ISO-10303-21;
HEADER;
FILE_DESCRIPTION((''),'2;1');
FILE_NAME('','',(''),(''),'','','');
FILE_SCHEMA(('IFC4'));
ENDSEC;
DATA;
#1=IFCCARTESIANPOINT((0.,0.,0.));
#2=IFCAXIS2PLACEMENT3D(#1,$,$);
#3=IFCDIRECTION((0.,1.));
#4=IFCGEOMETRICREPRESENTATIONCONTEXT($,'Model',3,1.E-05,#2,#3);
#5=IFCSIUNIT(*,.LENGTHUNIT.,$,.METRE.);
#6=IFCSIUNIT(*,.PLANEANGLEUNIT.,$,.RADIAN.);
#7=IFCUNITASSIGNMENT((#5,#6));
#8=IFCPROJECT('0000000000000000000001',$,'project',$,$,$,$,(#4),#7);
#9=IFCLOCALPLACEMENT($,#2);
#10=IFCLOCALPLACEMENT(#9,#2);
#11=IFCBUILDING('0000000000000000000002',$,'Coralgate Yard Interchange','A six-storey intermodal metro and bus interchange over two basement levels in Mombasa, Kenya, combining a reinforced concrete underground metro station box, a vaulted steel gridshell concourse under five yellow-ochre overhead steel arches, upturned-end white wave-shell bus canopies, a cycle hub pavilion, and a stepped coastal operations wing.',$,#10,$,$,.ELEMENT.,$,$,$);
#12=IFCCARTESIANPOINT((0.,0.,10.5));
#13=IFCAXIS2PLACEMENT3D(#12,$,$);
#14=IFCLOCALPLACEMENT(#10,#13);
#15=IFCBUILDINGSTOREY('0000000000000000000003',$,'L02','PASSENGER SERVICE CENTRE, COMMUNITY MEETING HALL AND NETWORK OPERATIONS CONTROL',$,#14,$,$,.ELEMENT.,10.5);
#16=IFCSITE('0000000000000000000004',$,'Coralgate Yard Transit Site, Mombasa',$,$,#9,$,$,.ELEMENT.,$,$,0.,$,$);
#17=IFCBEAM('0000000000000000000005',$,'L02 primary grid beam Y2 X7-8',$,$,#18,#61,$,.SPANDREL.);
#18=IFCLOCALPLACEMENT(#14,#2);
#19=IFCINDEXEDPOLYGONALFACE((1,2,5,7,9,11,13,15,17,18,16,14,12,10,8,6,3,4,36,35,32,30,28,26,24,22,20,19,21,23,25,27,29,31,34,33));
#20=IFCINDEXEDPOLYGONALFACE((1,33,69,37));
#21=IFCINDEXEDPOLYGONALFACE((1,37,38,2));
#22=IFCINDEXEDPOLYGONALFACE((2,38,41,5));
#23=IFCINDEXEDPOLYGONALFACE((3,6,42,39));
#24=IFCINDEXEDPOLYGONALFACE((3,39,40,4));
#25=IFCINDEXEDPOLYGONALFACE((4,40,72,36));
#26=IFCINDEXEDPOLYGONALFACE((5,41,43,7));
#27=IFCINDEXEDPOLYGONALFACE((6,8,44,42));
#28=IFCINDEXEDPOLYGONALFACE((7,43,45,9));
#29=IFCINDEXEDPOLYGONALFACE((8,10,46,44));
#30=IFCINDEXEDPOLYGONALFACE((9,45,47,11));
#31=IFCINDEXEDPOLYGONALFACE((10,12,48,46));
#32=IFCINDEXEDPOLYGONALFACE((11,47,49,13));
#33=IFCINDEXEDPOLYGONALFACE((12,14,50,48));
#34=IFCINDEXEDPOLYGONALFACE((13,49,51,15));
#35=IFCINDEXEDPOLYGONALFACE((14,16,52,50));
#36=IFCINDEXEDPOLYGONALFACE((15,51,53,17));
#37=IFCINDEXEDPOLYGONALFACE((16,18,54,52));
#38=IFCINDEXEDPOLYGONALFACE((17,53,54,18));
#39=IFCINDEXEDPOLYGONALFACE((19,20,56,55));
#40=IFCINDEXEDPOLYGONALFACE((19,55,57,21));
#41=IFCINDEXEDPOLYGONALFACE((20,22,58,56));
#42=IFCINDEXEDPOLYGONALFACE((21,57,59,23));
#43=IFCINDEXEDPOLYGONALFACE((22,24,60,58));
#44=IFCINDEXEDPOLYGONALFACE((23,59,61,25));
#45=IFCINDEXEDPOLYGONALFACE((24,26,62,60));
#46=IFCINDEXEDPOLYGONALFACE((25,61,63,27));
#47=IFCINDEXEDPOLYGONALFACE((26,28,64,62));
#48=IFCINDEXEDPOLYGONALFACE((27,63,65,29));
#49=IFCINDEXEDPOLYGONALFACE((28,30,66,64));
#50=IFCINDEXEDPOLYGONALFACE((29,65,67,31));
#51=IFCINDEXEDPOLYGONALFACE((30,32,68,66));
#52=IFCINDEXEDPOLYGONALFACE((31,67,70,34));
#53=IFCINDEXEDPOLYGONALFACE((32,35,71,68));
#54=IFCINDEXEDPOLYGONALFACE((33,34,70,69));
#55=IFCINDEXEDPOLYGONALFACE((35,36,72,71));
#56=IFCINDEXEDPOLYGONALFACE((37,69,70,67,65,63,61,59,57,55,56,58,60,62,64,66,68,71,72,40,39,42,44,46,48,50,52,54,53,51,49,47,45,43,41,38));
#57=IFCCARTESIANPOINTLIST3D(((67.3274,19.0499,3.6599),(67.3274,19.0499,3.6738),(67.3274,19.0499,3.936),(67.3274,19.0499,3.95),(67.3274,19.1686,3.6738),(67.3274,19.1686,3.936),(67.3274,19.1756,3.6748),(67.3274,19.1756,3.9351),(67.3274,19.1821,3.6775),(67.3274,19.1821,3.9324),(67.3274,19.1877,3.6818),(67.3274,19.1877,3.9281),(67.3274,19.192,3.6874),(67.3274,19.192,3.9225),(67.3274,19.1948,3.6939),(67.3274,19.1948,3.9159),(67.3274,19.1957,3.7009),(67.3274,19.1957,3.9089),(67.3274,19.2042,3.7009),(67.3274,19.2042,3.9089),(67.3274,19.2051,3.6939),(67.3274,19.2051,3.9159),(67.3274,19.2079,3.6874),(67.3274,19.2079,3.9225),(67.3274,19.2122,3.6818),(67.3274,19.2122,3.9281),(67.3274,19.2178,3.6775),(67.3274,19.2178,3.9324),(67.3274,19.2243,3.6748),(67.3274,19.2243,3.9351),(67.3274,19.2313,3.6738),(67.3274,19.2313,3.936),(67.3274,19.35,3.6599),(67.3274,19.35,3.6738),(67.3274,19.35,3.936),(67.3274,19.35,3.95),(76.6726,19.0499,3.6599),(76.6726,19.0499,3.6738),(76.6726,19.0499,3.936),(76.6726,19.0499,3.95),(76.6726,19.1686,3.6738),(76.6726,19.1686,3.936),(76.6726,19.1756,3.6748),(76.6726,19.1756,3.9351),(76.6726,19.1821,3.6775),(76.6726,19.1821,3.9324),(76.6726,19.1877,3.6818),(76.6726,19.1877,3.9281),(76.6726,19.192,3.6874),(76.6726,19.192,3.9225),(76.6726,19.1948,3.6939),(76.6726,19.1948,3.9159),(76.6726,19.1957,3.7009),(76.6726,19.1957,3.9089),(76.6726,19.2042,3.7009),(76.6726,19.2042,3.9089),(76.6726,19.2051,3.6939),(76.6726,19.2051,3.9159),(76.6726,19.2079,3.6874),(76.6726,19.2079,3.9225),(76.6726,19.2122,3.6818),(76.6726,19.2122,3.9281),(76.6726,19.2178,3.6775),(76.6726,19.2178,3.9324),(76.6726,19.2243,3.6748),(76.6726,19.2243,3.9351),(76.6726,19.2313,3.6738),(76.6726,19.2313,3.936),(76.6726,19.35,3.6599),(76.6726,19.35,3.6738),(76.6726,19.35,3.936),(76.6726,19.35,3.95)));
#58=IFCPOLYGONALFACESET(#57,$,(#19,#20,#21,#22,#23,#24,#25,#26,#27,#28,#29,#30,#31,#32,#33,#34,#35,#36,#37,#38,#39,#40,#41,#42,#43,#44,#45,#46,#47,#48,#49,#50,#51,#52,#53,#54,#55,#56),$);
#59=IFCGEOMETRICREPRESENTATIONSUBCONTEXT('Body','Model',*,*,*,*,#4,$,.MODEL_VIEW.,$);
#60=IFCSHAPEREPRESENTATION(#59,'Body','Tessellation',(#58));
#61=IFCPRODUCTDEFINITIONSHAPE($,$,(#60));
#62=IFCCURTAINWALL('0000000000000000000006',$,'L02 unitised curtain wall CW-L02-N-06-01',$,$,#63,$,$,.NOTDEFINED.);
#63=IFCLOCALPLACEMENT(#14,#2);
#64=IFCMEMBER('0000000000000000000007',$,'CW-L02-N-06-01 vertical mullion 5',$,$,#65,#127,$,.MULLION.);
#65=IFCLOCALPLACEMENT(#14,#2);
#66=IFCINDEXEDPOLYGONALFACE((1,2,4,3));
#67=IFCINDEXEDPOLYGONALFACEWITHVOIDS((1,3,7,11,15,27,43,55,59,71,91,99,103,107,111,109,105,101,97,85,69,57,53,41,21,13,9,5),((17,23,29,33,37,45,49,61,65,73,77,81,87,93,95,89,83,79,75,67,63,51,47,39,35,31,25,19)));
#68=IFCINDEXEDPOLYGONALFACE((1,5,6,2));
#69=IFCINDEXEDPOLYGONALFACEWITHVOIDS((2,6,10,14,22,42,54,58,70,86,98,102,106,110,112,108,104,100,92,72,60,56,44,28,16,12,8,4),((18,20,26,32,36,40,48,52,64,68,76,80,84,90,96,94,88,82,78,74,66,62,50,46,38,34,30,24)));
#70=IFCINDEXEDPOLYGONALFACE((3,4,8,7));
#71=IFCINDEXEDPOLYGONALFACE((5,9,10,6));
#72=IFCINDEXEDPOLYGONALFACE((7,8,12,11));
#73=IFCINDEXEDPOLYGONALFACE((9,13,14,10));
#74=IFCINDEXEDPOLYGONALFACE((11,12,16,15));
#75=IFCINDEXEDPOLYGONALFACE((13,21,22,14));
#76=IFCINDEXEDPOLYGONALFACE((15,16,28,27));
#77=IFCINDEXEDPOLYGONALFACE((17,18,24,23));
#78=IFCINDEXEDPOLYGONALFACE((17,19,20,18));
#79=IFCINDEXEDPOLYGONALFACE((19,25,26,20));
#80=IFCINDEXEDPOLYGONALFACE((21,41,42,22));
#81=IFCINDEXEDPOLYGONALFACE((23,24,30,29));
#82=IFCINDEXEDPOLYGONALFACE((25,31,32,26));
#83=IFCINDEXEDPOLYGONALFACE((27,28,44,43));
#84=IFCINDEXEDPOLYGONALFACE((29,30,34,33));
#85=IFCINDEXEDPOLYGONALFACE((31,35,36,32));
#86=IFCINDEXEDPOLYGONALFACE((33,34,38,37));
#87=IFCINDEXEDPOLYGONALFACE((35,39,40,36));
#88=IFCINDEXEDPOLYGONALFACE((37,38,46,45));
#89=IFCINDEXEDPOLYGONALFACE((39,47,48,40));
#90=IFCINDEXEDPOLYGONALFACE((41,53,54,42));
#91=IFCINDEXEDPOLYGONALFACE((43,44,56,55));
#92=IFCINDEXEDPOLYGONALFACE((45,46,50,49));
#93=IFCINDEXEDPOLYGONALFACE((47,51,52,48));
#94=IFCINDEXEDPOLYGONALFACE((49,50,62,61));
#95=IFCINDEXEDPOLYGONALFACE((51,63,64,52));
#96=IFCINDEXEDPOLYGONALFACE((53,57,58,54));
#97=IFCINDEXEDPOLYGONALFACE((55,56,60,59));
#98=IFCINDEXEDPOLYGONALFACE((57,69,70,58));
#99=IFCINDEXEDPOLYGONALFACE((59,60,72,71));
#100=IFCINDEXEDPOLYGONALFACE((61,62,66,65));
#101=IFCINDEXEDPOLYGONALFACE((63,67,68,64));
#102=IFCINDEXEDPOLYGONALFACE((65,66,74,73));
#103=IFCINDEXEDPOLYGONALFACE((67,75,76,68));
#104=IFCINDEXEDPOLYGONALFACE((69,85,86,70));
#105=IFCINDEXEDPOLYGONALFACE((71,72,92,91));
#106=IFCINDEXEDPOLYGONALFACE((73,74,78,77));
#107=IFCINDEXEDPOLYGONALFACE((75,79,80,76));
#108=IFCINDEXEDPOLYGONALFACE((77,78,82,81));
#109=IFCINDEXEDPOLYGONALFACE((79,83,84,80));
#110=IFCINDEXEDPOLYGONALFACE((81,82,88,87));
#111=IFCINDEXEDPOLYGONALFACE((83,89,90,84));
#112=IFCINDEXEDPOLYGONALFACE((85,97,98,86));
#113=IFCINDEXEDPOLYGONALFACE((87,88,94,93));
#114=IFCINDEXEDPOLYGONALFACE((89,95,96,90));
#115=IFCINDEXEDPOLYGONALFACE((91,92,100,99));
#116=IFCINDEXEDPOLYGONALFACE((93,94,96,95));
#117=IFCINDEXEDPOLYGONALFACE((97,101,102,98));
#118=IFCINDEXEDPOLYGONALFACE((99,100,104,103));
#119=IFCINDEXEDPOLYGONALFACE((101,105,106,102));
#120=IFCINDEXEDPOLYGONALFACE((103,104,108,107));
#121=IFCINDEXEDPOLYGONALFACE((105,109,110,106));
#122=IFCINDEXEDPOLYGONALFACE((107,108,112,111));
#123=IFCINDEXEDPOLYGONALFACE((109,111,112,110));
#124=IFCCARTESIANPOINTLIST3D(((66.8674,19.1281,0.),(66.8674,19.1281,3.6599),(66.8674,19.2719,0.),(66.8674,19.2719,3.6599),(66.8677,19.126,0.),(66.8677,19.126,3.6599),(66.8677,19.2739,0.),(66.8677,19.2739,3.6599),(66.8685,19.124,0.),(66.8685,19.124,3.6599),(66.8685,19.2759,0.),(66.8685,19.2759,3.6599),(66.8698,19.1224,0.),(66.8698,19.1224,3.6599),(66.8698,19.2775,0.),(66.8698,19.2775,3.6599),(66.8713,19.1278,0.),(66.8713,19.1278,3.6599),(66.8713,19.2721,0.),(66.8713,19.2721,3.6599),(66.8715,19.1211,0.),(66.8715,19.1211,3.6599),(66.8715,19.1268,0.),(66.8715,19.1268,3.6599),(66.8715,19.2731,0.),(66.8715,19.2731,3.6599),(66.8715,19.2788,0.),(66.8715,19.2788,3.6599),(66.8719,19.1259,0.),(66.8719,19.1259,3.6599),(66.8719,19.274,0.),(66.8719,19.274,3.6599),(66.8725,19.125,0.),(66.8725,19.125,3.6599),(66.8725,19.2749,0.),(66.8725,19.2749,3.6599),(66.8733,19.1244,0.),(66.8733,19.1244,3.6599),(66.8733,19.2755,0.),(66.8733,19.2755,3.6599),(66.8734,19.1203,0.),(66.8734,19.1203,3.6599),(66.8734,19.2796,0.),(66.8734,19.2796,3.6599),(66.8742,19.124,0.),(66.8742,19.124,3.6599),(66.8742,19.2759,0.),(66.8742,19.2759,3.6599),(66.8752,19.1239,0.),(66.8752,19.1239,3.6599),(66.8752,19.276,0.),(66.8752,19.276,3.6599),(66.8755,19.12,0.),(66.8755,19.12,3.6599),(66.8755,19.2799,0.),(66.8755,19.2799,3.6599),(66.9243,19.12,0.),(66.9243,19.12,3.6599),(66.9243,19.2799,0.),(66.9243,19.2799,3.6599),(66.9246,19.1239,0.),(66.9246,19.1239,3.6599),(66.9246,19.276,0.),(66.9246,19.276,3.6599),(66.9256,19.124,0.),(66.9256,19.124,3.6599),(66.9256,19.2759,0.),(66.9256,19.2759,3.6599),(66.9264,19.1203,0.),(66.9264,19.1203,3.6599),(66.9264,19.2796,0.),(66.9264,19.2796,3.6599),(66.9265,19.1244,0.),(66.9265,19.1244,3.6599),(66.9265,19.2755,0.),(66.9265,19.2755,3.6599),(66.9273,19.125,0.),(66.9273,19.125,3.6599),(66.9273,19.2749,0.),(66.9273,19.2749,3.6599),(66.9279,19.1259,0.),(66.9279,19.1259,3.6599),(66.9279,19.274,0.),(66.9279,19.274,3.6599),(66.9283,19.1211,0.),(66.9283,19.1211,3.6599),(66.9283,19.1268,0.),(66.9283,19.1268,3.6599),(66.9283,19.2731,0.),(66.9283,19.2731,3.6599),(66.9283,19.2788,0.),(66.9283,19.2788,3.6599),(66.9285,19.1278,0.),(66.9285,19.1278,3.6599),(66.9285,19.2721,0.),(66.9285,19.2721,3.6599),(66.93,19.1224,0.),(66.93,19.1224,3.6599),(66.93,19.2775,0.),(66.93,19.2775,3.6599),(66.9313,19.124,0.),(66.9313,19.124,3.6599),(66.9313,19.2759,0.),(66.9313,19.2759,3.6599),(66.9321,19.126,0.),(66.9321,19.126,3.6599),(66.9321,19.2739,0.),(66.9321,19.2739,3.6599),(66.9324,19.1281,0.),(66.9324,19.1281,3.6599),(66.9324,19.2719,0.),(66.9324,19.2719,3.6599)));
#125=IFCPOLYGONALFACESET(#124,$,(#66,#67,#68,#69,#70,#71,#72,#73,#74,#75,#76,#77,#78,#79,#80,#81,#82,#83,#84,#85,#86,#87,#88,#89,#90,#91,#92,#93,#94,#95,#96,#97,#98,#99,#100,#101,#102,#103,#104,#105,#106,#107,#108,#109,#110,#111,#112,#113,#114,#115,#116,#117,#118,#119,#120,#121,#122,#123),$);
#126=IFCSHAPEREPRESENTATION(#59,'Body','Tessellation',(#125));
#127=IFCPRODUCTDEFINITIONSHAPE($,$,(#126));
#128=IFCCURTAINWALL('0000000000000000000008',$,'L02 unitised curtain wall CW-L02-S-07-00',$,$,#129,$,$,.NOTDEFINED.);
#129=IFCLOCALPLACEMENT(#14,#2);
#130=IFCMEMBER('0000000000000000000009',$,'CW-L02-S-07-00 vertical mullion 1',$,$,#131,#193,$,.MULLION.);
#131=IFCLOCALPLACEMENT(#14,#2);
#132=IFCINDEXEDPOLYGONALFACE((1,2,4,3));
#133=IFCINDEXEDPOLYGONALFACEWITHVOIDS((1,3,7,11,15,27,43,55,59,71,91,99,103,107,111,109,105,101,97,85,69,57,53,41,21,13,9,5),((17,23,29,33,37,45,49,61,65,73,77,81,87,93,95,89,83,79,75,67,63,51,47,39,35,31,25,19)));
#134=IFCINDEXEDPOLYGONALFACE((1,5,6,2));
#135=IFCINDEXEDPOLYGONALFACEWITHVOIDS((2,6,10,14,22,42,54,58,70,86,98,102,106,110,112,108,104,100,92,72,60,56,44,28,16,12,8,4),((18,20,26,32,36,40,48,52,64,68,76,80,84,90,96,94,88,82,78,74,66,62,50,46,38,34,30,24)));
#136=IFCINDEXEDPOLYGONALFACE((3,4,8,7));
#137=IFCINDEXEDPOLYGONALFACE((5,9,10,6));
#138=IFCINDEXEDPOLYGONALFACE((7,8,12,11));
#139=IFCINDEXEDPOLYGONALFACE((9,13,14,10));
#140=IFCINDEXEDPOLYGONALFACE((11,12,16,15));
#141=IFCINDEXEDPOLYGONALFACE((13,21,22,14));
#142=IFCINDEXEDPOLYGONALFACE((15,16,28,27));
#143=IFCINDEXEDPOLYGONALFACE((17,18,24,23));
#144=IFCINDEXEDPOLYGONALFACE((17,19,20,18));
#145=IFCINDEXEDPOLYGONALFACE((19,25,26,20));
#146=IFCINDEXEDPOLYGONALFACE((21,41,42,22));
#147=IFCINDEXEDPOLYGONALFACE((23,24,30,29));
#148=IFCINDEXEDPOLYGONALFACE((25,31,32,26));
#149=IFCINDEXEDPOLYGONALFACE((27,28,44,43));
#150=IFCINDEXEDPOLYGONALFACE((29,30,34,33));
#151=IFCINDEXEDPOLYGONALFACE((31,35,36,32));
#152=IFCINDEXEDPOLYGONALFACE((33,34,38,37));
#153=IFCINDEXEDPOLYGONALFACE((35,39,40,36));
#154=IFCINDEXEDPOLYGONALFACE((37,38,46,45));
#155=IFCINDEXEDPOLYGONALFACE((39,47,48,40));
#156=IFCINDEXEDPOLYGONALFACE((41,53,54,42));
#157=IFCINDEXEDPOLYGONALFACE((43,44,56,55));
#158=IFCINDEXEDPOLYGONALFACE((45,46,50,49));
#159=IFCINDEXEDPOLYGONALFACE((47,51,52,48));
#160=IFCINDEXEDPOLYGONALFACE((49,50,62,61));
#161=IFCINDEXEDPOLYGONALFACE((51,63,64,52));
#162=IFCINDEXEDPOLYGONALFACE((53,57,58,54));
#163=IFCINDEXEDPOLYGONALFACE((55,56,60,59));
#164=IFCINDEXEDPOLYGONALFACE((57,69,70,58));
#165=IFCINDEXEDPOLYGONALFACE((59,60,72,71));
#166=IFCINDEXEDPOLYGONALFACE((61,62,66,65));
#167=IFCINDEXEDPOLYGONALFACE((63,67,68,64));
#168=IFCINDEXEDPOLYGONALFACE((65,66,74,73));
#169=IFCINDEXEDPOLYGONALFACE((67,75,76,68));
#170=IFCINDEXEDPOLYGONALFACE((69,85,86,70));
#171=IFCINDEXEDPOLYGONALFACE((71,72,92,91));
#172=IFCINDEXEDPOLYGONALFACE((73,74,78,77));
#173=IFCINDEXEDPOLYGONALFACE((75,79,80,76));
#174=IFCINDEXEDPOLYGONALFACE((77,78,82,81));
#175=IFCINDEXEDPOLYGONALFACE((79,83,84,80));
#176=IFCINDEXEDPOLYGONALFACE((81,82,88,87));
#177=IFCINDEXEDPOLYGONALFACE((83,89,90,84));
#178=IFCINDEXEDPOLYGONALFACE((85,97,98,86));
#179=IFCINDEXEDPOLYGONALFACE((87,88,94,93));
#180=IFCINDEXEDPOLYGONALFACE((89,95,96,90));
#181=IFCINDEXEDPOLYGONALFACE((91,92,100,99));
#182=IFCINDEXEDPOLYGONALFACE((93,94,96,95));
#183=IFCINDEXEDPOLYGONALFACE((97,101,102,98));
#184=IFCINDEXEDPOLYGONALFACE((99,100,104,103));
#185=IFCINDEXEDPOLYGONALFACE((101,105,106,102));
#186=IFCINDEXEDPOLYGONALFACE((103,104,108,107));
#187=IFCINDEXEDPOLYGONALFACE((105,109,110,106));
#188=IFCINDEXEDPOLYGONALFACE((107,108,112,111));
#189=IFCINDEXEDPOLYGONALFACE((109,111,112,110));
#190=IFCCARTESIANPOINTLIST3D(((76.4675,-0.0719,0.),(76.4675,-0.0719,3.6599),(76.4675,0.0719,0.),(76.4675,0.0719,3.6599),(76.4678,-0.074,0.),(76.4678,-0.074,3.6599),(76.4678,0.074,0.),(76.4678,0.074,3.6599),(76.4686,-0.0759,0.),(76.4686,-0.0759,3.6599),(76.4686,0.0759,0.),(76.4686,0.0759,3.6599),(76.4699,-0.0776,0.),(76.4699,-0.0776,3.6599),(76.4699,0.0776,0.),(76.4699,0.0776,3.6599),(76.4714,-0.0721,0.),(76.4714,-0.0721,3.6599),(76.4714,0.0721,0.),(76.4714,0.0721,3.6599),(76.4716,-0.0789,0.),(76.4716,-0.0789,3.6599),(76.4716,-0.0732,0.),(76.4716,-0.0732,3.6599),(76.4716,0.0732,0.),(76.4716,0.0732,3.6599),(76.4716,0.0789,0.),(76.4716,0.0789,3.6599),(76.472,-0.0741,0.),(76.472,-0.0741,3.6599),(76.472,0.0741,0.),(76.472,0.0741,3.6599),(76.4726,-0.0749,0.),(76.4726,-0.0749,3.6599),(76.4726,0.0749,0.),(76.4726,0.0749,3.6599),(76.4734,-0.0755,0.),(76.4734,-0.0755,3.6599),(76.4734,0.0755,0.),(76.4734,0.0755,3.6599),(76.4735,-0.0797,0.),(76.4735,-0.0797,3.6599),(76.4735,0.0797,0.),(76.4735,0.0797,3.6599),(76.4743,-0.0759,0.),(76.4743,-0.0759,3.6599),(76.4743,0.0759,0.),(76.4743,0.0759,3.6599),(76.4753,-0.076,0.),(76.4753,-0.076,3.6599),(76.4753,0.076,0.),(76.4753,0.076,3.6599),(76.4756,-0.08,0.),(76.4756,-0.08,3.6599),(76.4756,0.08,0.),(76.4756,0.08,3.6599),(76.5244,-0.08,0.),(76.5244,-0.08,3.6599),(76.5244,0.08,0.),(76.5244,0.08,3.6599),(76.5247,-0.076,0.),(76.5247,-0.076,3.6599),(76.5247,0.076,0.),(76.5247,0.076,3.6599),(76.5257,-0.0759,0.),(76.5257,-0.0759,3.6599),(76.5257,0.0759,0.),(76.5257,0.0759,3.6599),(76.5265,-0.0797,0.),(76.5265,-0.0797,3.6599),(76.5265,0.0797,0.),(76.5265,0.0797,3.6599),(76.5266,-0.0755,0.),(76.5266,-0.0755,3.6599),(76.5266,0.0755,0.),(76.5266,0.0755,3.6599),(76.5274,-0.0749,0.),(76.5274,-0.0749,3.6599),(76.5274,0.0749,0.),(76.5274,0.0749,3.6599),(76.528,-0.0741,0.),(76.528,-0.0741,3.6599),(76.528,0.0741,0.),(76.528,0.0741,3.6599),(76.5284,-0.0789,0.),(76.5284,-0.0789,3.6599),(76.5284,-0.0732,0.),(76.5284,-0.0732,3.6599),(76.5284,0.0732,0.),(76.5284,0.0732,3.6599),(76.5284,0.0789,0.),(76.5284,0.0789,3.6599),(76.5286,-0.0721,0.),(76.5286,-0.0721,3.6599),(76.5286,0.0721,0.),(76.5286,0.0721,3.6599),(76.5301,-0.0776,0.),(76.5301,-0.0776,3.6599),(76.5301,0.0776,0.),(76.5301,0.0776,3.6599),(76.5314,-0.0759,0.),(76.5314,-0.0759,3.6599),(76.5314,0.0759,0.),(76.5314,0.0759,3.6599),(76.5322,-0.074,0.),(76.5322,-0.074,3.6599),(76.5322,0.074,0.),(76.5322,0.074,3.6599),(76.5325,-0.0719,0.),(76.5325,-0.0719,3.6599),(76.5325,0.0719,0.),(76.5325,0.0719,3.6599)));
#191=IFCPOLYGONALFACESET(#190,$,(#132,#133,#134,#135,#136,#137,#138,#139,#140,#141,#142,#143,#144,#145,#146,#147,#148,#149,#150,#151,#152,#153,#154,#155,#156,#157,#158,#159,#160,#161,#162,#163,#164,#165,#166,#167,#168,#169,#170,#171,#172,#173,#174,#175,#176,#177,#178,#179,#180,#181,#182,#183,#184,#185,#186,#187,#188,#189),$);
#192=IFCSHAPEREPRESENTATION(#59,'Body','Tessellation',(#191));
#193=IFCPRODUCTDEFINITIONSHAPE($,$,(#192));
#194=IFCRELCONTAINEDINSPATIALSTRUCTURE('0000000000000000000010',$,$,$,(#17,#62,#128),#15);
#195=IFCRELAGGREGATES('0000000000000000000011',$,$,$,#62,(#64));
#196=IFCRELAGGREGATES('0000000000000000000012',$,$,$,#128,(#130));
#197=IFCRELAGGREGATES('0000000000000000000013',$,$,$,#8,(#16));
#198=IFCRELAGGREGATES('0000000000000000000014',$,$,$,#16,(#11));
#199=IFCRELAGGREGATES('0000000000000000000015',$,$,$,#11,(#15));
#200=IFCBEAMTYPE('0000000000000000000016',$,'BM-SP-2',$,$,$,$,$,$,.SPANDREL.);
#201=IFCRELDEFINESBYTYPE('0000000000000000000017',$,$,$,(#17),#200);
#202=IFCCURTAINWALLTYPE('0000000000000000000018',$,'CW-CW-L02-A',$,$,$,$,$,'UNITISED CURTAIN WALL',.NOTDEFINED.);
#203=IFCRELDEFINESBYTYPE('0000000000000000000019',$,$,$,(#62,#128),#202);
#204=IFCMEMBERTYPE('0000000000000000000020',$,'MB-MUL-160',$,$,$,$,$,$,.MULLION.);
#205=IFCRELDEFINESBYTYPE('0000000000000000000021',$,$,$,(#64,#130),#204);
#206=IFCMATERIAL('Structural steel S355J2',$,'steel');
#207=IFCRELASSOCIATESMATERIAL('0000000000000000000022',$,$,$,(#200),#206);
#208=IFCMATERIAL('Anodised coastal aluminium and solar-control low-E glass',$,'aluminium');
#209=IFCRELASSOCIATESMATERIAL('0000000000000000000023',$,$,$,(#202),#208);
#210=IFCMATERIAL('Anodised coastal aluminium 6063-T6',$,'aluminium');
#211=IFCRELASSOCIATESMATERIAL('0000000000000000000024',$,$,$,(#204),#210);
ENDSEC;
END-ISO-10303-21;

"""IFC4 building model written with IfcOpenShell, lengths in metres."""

from ifc_helpers import new_model, si_unit, direction, frame, origin, origin_2d, place, context, subcontext, project, spatial, hollow_rectangle, i_section, extrude, material, material_profile, profile_set, type_object, element, aggregate, save


model = new_model("IFC4")

# Units and contexts
model_context = context("Model", 3, precision=1e-05, world=origin(), true_north=direction((0.0, 1.0)))
body_context = subcontext(model_context, "Body", "Model", "MODEL_VIEW")
ifc_project = project(units=[si_unit("LENGTHUNIT", "METRE"), si_unit("PLANEANGLEUNIT", "RADIAN")], contexts=[model_context])

# Site, building, storey
site_placement = place(None, origin())
site = spatial("IfcSite", under=ifc_project, at=site_placement, Name="Coralgate Yard Transit Site, Mombasa", CompositionType="ELEMENT", RefElevation=0.0)
building_placement = place(site_placement, origin())
building = spatial("IfcBuilding", under=site, at=building_placement, Name="Coralgate Yard Interchange", Description="A six-storey intermodal metro and bus interchange over two basement levels in Mombasa, Kenya, combining a reinforced concrete underground metro station box, a vaulted steel gridshell concourse under five yellow-ochre overhead steel arches, upturned-end white wave-shell bus canopies, a cycle hub pavilion, and a stepped coastal operations wing.", CompositionType="ELEMENT")
storey_placement = place(building_placement, frame((0.0, 0.0, 10.5)))
storey = spatial("IfcBuildingStorey", under=building, at=storey_placement, Name="L02", Description="PASSENGER SERVICE CENTRE, COMMUNITY MEETING HALL AND NETWORK OPERATIONS CONTROL", CompositionType="ELEMENT", Elevation=10.5)

# Shared definitions
ifc_material_1 = material(Name="Structural steel S355J2", Category="steel")

# Beam
ifc_material_profile_1 = material_profile(ifc_material_1, i_section(OverallWidth=0.3, OverallDepth=0.29, WebThickness=0.0085, FlangeThickness=0.0139, FilletRadius=0.0271, at=origin_2d()), Name="HEA 300")
ifc_profile_set_1 = profile_set([ifc_material_profile_1], Name="Structural steel S355J2")
beam_type_1 = type_object("IfcBeamType", Name="BM-SP-2", PredefinedType="SPANDREL", material=ifc_profile_set_1)
beam_1_placement = place(storey_placement, frame((67.3274, 19.2, 3.8049), z_axis=(1.0, 0.0, 0.0), x_axis=(0.0, 1.0, 0.0)))
element("IfcBeam", 1, at=beam_1_placement, inside=storey, type_object=beam_type_1, Name="L02 primary grid beam Y2 X7-8", PredefinedType="SPANDREL", context=body_context, shape_type="SweptSolid", body=[
    extrude(i_section(OverallWidth=0.3, OverallDepth=0.29, WebThickness=0.0085, FlangeThickness=0.0139, FilletRadius=0.0271, at=origin_2d()), origin(), (0.0, 0.0, 1.0), 9.3452),
])

# Curtain wall, member
ifc_material_2 = material(Name="Anodised coastal aluminium and solar-control low-E glass", Category="aluminium")
curtain_wall_type = type_object("IfcCurtainWallType", Name="CW-CW-L02-A", ElementType="UNITISED CURTAIN WALL", PredefinedType="NOTDEFINED", material=ifc_material_2)
curtain_wall_1_placement = place(storey_placement, origin())
curtain_wall_1 = element("IfcCurtainWall", 2, at=curtain_wall_1_placement, inside=storey, type_object=curtain_wall_type, Name="L02 unitised curtain wall CW-L02-N-06-01", PredefinedType="NOTDEFINED")
ifc_material_3 = material(Name="Anodised coastal aluminium 6063-T6", Category="aluminium")
ifc_material_profile_2 = material_profile(ifc_material_3, hollow_rectangle(XDim=0.0649, YDim=0.1599, WallThickness=0.0039, InnerFilletRadius=0.0039, OuterFilletRadius=0.0081, at=origin_2d()), Name="ALU 65x160x4")
ifc_profile_set_2 = profile_set([ifc_material_profile_2], Name="Anodised coastal aluminium 6063-T6")
member_type_1 = type_object("IfcMemberType", Name="MB-MUL-160", PredefinedType="MULLION", material=ifc_profile_set_2)
member_1_placement = place(storey_placement, frame((66.8999, 19.2, 0.0), z_axis=(0.0, 0.0, 1.0), x_axis=(1.0, 0.0, 0.0)))
member_1 = element("IfcMember", 3, at=member_1_placement, type_object=member_type_1, Name="CW-L02-N-06-01 vertical mullion 5", PredefinedType="MULLION", context=body_context, shape_type="SweptSolid", body=[
    extrude(hollow_rectangle(XDim=0.0649, YDim=0.1599, WallThickness=0.0039, InnerFilletRadius=0.0039, OuterFilletRadius=0.0081, at=origin_2d()), origin(), (0.0, 0.0, 1.0), 3.6599),
])
aggregate(curtain_wall_1, [member_1])

# Curtain wall, member
curtain_wall_2_placement = place(storey_placement, origin())
curtain_wall_2 = element("IfcCurtainWall", 4, at=curtain_wall_2_placement, inside=storey, type_object=curtain_wall_type, Name="L02 unitised curtain wall CW-L02-S-07-00", PredefinedType="NOTDEFINED")
member_2_placement = place(storey_placement, frame((76.5, 0.0, 0.0), z_axis=(0.0, 0.0, 1.0), x_axis=(1.0, 0.0, 0.0)))
member_2 = element("IfcMember", 5, at=member_2_placement, type_object=member_type_1, Name="CW-L02-S-07-00 vertical mullion 1", PredefinedType="MULLION", context=body_context, shape_type="SweptSolid", body=[
    extrude(hollow_rectangle(XDim=0.0649, YDim=0.1599, WallThickness=0.0039, InnerFilletRadius=0.0039, OuterFilletRadius=0.0081, at=origin_2d()), origin(), (0.0, 0.0, 1.0), 3.6599),
])
aggregate(curtain_wall_2, [member_2])

save(model, "model.ifc")
